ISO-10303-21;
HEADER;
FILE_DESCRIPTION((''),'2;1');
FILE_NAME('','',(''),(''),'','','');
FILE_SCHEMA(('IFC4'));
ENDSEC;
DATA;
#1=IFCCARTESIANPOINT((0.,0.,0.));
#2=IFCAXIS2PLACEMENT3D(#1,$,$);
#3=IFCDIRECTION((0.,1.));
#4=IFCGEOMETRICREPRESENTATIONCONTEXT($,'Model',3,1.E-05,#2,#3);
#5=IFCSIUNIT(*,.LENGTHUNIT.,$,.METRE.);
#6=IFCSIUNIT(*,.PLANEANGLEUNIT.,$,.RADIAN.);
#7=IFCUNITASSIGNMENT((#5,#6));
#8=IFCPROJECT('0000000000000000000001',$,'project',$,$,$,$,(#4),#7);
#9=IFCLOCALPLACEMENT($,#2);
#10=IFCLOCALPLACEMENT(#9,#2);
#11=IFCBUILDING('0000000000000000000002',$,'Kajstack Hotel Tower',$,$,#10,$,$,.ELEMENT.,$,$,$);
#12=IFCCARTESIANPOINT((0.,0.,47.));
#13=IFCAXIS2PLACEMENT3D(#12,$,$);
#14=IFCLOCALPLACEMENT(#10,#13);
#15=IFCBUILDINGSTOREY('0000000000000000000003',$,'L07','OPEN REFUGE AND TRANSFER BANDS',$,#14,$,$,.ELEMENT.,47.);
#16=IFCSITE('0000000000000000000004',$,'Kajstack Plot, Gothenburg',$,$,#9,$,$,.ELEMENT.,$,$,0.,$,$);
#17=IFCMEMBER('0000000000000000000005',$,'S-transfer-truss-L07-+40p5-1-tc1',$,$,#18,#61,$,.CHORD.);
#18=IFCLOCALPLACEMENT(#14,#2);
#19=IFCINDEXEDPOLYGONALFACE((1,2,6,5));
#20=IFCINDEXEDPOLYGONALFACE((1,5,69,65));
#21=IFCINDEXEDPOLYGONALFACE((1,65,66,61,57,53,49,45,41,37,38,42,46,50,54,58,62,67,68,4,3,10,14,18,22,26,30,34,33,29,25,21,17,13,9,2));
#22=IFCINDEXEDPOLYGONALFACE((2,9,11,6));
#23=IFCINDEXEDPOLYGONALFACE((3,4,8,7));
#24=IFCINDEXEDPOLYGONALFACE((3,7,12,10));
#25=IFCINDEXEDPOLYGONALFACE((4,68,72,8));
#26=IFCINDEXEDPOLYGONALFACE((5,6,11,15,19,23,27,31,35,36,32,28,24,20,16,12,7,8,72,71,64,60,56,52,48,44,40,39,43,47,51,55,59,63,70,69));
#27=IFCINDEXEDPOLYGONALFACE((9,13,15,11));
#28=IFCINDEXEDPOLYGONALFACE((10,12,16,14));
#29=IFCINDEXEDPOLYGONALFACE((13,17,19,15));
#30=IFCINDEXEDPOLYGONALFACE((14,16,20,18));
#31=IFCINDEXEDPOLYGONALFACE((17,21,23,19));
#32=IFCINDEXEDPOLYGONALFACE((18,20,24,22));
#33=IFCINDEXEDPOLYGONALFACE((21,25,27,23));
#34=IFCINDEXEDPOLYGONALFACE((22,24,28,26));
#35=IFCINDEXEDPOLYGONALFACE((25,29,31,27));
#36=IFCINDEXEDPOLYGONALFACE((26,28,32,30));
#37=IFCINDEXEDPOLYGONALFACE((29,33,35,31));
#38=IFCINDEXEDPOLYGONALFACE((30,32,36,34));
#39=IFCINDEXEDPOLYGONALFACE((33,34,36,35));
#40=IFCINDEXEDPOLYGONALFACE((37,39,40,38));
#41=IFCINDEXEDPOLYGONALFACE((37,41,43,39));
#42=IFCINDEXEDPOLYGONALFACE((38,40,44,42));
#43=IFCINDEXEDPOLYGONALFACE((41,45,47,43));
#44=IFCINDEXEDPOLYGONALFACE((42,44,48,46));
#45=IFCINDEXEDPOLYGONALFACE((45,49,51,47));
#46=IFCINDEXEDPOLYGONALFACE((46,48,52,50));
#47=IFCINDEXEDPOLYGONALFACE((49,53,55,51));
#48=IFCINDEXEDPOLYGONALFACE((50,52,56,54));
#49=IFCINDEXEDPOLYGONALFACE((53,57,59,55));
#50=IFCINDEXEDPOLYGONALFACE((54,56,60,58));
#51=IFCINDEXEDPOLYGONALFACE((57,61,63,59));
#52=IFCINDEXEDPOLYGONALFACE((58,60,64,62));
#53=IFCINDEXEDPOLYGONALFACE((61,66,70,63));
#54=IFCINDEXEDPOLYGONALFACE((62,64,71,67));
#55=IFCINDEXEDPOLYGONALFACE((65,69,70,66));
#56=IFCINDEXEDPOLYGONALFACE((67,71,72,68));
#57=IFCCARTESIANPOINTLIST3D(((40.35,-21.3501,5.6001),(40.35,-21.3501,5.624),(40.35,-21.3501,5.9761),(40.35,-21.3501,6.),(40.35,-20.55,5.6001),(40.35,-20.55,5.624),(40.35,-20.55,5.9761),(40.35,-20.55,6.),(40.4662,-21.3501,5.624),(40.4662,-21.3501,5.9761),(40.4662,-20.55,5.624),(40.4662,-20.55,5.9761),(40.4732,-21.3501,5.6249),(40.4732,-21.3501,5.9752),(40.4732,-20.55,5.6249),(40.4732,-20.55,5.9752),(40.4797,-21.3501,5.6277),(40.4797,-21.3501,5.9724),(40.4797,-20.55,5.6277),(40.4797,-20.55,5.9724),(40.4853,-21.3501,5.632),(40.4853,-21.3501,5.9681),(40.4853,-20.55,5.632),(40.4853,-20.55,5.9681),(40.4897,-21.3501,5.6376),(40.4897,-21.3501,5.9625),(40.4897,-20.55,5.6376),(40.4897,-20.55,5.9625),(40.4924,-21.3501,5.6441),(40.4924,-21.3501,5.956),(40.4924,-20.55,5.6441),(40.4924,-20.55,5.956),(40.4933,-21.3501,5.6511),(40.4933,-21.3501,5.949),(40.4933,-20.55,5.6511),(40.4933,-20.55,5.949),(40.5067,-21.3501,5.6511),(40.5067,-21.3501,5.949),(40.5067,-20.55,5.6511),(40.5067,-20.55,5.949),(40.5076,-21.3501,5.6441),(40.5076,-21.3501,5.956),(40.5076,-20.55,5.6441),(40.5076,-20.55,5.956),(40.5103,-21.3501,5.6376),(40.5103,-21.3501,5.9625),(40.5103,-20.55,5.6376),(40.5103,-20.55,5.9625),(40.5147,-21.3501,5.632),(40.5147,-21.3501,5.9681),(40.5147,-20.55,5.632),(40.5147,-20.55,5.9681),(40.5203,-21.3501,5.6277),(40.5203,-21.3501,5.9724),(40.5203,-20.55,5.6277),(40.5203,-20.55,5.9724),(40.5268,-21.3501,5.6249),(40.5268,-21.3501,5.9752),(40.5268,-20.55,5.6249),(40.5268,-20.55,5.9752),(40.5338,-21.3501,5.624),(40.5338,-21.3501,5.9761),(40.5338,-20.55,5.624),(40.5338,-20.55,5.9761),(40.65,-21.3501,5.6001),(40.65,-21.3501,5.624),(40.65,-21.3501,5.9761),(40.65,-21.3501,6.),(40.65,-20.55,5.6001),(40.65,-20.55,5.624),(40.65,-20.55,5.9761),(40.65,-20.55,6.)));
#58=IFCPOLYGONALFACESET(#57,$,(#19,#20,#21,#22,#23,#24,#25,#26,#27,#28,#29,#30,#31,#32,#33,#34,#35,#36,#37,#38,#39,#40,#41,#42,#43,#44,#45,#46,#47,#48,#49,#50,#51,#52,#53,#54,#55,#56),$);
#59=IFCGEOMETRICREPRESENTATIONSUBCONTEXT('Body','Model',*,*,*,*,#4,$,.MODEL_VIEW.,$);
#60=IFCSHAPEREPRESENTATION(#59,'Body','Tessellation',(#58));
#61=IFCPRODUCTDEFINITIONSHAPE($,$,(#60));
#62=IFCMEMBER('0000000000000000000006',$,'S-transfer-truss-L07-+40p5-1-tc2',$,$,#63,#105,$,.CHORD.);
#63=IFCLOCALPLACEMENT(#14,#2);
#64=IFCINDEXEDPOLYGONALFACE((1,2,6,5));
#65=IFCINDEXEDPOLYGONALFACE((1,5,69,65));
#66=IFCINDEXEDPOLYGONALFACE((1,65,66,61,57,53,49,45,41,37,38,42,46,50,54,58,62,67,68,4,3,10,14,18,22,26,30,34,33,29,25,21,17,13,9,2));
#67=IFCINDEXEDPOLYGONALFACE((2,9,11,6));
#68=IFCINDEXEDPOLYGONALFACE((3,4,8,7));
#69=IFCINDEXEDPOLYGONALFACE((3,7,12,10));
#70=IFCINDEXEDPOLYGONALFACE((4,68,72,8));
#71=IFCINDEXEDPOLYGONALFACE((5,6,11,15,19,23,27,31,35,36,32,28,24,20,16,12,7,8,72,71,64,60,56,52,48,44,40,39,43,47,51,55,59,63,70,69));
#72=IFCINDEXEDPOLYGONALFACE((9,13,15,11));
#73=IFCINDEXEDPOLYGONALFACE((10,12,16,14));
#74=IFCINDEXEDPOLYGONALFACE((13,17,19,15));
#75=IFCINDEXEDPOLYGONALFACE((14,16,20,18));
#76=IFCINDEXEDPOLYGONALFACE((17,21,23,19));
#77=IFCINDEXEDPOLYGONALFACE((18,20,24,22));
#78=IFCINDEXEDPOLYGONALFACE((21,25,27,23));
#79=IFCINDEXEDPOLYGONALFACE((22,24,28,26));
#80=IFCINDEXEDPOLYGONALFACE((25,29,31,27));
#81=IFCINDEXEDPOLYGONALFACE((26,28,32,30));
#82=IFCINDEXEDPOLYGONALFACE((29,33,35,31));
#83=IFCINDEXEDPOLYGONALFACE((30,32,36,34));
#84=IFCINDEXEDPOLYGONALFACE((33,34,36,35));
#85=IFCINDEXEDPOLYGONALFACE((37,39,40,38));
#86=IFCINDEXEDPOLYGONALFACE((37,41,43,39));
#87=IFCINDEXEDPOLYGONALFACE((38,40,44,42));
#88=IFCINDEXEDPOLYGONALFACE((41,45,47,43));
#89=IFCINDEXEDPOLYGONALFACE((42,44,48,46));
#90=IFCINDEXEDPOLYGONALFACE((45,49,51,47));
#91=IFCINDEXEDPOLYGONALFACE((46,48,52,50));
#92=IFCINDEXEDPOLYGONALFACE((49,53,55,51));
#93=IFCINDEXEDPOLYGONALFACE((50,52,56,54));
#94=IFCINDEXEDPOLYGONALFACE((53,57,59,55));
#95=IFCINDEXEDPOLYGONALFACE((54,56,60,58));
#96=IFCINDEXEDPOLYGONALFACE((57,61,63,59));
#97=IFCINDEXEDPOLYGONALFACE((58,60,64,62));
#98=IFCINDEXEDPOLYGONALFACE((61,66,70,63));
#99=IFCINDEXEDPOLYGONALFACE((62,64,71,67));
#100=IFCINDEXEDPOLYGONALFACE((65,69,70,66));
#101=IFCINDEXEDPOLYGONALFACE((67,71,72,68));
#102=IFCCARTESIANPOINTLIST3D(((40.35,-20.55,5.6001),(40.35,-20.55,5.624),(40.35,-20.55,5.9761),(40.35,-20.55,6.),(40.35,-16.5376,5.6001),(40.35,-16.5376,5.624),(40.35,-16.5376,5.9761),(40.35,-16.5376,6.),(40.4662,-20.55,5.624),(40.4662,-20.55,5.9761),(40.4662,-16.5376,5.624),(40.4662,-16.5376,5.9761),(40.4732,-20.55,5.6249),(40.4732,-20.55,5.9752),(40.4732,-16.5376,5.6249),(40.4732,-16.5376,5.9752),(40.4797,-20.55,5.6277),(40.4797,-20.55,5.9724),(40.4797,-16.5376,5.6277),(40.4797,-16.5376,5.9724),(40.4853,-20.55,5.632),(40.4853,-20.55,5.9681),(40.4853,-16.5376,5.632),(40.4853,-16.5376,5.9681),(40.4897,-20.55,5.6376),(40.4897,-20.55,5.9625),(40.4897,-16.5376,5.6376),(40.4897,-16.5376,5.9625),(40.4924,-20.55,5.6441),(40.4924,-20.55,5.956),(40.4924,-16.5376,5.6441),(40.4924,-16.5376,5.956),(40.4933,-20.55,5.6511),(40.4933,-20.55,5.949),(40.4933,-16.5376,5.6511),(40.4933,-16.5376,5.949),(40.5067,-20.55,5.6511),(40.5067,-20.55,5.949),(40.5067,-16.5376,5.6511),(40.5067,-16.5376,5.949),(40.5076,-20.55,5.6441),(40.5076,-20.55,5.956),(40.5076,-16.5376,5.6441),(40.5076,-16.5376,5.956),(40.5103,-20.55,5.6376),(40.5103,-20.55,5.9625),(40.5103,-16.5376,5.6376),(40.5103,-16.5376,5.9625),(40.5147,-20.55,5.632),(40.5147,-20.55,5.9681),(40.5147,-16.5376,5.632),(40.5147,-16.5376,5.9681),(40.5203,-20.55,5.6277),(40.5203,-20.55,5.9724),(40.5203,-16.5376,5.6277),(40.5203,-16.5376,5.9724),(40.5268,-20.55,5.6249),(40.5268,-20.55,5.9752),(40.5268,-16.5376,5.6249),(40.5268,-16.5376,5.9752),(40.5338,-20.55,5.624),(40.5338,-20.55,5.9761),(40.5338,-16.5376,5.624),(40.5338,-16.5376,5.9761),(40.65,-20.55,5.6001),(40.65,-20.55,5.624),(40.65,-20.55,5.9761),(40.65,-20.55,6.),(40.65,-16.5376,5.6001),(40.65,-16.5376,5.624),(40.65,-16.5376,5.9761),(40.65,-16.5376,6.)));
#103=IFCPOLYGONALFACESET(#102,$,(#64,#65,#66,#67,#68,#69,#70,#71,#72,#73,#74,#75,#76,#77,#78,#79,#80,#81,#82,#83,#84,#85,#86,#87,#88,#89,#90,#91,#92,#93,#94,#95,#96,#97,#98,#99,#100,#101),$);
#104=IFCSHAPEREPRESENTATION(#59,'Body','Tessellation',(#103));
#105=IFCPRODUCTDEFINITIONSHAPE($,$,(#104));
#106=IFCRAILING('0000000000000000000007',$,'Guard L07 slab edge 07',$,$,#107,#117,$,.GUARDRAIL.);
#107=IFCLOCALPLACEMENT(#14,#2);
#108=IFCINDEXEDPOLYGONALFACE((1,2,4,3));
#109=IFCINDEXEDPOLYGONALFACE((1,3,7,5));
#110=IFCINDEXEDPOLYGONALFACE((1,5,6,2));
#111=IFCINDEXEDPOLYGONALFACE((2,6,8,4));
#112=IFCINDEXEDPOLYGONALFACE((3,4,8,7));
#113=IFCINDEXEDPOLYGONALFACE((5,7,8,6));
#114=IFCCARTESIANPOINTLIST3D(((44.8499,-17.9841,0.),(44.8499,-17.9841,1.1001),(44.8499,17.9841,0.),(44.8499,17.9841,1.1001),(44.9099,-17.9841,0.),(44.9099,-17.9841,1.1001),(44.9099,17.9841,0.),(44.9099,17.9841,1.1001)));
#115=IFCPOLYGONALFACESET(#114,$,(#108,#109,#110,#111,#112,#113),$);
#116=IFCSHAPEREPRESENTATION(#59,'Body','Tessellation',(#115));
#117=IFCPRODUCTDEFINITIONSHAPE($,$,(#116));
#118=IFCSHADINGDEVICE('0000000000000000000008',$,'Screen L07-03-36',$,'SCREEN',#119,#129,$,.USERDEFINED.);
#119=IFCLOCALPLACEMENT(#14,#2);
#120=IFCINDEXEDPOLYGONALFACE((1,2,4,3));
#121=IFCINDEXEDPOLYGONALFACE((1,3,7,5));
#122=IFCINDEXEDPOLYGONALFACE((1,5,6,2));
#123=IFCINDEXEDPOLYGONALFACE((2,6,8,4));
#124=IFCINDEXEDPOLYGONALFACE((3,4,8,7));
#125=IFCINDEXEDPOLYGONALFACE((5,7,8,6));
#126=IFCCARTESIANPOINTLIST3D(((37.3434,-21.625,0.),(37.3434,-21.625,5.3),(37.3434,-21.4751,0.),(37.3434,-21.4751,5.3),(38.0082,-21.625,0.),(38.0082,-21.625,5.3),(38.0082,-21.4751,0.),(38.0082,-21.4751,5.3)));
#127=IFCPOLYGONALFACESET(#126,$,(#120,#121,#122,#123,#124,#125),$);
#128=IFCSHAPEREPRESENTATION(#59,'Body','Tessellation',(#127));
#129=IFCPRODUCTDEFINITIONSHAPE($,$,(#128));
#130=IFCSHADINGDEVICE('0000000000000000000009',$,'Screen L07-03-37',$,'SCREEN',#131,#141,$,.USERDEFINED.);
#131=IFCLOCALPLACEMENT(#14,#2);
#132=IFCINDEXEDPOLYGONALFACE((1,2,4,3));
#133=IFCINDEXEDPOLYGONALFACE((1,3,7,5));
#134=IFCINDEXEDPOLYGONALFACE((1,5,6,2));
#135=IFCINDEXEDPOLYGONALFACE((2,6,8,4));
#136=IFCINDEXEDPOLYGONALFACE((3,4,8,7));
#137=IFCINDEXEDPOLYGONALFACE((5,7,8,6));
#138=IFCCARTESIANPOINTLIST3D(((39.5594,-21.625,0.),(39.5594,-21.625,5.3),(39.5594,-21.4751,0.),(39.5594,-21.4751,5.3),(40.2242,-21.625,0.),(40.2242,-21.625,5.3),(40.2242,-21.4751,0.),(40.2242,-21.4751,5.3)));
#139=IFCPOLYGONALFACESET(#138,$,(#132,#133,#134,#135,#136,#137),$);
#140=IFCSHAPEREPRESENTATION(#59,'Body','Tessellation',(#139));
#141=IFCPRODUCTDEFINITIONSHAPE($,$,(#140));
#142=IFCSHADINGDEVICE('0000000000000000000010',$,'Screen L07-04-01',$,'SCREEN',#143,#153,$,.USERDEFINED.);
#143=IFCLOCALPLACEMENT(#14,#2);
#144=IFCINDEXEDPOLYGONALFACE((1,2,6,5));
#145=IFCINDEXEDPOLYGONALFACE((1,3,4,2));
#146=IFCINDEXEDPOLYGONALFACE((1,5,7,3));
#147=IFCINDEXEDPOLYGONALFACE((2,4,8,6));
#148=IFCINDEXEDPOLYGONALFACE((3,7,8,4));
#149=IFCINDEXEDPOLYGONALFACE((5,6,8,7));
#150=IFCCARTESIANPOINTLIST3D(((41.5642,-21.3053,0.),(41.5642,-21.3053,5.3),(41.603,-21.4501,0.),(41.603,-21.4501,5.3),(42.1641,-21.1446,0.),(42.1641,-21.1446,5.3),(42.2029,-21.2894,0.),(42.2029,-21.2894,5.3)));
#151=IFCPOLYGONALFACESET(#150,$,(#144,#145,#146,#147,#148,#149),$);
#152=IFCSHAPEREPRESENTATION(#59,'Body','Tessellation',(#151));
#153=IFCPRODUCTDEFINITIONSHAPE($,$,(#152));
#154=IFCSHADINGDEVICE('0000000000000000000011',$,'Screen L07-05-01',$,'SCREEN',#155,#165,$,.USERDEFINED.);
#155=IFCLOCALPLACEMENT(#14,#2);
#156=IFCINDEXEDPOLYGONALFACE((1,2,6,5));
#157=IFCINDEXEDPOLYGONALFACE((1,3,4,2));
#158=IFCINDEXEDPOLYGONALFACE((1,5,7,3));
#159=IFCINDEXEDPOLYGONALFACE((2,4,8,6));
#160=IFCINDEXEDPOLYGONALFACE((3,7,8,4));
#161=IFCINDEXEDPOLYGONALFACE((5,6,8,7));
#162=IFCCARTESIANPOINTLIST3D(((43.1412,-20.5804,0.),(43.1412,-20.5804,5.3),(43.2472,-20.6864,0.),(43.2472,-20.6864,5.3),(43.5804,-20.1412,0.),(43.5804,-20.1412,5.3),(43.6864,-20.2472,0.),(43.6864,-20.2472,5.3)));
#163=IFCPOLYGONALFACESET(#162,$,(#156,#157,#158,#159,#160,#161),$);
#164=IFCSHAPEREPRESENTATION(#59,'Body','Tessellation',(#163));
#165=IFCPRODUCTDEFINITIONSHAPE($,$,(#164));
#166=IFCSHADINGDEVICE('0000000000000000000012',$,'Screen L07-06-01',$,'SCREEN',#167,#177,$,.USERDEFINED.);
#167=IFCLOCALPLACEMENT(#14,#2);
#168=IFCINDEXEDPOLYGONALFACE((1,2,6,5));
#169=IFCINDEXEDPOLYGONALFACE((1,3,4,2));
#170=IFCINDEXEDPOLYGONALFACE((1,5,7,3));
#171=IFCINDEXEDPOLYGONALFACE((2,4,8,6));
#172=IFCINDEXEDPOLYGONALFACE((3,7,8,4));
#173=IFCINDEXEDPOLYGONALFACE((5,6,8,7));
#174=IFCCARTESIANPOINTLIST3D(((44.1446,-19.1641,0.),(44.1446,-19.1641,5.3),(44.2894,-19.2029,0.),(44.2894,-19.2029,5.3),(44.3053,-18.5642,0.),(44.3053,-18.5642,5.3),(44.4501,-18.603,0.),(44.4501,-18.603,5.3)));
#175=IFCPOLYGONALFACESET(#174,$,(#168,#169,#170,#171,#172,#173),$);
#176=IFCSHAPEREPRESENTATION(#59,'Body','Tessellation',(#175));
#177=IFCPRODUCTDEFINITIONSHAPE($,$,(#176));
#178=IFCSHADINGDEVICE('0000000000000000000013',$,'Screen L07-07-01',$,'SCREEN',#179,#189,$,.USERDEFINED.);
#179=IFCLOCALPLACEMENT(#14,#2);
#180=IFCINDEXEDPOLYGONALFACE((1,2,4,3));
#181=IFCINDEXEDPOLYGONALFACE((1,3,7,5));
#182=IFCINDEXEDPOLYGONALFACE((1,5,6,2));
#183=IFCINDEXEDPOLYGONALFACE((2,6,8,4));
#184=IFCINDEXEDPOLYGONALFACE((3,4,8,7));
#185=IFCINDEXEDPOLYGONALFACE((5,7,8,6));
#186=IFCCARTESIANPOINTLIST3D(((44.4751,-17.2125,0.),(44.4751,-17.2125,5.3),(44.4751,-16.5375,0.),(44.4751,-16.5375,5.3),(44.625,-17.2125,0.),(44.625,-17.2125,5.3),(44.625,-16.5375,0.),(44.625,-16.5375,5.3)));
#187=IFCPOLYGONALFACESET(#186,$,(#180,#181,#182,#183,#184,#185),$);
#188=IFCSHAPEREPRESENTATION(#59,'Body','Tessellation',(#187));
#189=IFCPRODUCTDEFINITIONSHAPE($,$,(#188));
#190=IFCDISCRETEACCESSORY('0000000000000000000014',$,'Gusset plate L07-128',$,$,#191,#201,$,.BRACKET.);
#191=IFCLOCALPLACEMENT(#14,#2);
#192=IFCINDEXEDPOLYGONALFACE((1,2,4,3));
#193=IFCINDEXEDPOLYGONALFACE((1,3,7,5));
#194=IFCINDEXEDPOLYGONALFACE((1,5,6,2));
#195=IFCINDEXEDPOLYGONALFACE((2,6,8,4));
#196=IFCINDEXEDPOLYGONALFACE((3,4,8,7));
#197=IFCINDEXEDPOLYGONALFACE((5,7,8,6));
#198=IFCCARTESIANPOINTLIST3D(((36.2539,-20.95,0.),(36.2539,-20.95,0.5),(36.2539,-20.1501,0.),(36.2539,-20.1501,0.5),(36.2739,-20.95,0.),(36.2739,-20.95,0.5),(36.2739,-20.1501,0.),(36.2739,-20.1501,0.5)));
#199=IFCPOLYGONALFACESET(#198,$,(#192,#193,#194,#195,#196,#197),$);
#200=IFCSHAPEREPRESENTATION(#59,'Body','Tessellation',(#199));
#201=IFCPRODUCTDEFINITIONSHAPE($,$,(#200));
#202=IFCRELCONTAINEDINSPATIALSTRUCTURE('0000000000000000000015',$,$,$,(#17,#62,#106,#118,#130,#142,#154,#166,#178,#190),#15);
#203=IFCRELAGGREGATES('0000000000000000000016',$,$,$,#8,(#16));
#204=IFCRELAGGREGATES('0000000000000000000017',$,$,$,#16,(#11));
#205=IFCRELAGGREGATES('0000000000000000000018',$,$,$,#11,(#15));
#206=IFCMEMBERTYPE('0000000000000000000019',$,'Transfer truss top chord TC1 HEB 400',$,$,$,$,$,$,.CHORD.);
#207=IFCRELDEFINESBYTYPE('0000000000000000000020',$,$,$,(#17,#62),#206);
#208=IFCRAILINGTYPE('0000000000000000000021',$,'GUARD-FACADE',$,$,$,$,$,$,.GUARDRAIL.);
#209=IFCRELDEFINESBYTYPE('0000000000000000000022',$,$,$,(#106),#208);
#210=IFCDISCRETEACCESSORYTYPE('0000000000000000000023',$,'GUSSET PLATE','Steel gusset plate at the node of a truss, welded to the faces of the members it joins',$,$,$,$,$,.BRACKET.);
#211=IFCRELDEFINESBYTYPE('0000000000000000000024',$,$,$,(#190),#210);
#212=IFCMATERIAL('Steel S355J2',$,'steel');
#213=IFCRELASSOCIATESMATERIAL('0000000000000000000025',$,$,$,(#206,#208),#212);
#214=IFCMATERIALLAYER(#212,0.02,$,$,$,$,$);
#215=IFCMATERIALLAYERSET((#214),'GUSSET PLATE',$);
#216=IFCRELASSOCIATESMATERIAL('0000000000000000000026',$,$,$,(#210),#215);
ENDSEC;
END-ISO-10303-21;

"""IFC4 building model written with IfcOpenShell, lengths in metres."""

from ifc_helpers import new_model, si_unit, direction, frame, origin, origin_2d, place, context, subcontext, project, spatial, polyline, rectangle, i_section, outline, extrude, material, layer, layer_set, material_profile, profile_set, type_object, element, save


model = new_model("IFC4")

# Units and contexts
model_context = context("Model", 3, precision=1e-05, world=origin(), true_north=direction((0.0, 1.0)))
body_context = subcontext(model_context, "Body", "Model", "MODEL_VIEW")
ifc_project = project(units=[si_unit("LENGTHUNIT", "METRE"), si_unit("PLANEANGLEUNIT", "RADIAN")], contexts=[model_context])

# Site, building, storey
site_placement = place(None, origin())
site = spatial("IfcSite", under=ifc_project, at=site_placement, Name="Kajstack Plot, Gothenburg", CompositionType="ELEMENT", RefElevation=0.0)
building_placement = place(site_placement, origin())
building = spatial("IfcBuilding", under=site, at=building_placement, Name="Kajstack Hotel Tower", CompositionType="ELEMENT")
storey_placement = place(building_placement, frame((0.0, 0.0, 47.0)))
storey = spatial("IfcBuildingStorey", under=building, at=storey_placement, Name="L07", Description="OPEN REFUGE AND TRANSFER BANDS", CompositionType="ELEMENT", Elevation=47.0)

# Members
ifc_material = material(Name="Steel S355J2", Category="steel")
ifc_material_profile_1 = material_profile(ifc_material, i_section(OverallWidth=0.3, OverallDepth=0.3999, WebThickness=0.0134, FlangeThickness=0.0239, FilletRadius=0.0271, at=origin_2d()), Name="HEB 400")
ifc_profile_set_1 = profile_set([ifc_material_profile_1], Name="Steel S355J2")
member_type_1 = type_object("IfcMemberType", Name="Transfer truss top chord TC1 HEB 400", PredefinedType="CHORD", material=ifc_profile_set_1)
member_1_placement = place(storey_placement, frame((40.5, -21.3501, 5.8), z_axis=(0.0, 1.0, 0.0), x_axis=(-1.0, 0.0, 0.0)))
element("IfcMember", 1, at=member_1_placement, inside=storey, type_object=member_type_1, Name="S-transfer-truss-L07-+40p5-1-tc1", PredefinedType="CHORD", context=body_context, shape_type="SweptSolid", body=[
    extrude(i_section(OverallWidth=0.3, OverallDepth=0.3999, WebThickness=0.0134, FlangeThickness=0.0239, FilletRadius=0.0271, at=origin_2d()), origin(), (0.0, 0.0, 1.0), 0.8),
])
member_2_placement = place(storey_placement, frame((40.5, -20.55, 5.8), z_axis=(0.0, 1.0, 0.0), x_axis=(-1.0, 0.0, 0.0)))
element("IfcMember", 2, at=member_2_placement, inside=storey, type_object=member_type_1, Name="S-transfer-truss-L07-+40p5-1-tc2", PredefinedType="CHORD", context=body_context, shape_type="SweptSolid", body=[
    extrude(i_section(OverallWidth=0.3, OverallDepth=0.3999, WebThickness=0.0134, FlangeThickness=0.0239, FilletRadius=0.0271, at=origin_2d()), origin(), (0.0, 0.0, 1.0), 4.0125),
])

# Railing
railing_type = type_object("IfcRailingType", Name="GUARD-FACADE", PredefinedType="GUARDRAIL", material=ifc_material)
railing_1_placement = place(storey_placement, frame((44.8799, -17.9841, 0.0)))
element("IfcRailing", 3, at=railing_1_placement, inside=storey, type_object=railing_type, Name="Guard L07 slab edge 07", PredefinedType="GUARDRAIL", context=body_context, shape_type="SweptSolid", body=[
    extrude(outline(polyline([(-0.03, 35.9683), (0.03, 35.9683), (0.03, 0.0), (-0.03, 0.0), (-0.03, 35.9683)])), origin(), (0.0, 0.0, 1.0), 1.1001),
])

# Shading devices
for number, where, z_axis, x_axis, name in (
    (4, (37.6758, -21.55, 0.0), (0.0, 0.0, 1.0), (1.0, 0.0, 0.0), "Screen L07-03-36"),
    (5, (39.8918, -21.55, 0.0), (0.0, 0.0, 1.0), (1.0, 0.0, 0.0), "Screen L07-03-37"),
):
    element("IfcShadingDevice", number, at=place(storey_placement, frame(where, z_axis=z_axis, x_axis=x_axis)), inside=storey, Name=name, ObjectType="SCREEN", PredefinedType="USERDEFINED", context=body_context, shape_type="SweptSolid", body=[
        extrude(rectangle(XDim=0.6648, YDim=0.1499, at=origin_2d()), origin(), (0.0, 0.0, 1.0), 5.3),
    ])
for number, where, z_axis, x_axis, name in (
    (6, (41.8835, -21.2974, 0.0), (0.0, 0.0, 1.0), (0.965926, 0.25882, 0.0), "Screen L07-04-01"),
    (7, (43.4138, -20.4138, 0.0), (0.0, 0.0, 1.0), (0.707107, 0.707107, 0.0), "Screen L07-05-01"),
    (8, (44.2974, -18.8835, 0.0), (0.0, 0.0, 1.0), (0.25882, 0.965926, 0.0), "Screen L07-06-01"),
):
    element("IfcShadingDevice", number, at=place(storey_placement, frame(where, z_axis=z_axis, x_axis=x_axis)), inside=storey, Name=name, ObjectType="SCREEN", PredefinedType="USERDEFINED", context=body_context, shape_type="SweptSolid", body=[
        extrude(rectangle(XDim=0.6211, YDim=0.1499, at=origin_2d()), origin(), (0.0, 0.0, 1.0), 5.3),
    ])
shading_device_placement = place(storey_placement, frame((44.55, -16.875, 0.0), z_axis=(0.0, 0.0, 1.0), x_axis=(0.0, 1.0, 0.0)))
element("IfcShadingDevice", 9, at=shading_device_placement, inside=storey, Name="Screen L07-07-01", ObjectType="SCREEN", PredefinedType="USERDEFINED", context=body_context, shape_type="SweptSolid", body=[
    extrude(rectangle(XDim=0.675, YDim=0.1499, at=origin_2d()), origin(), (0.0, 0.0, 1.0), 5.3),
])

# Discrete accessory
ifc_layer = layer(ifc_material, 0.02)
ifc_layer_set = layer_set([ifc_layer], Name="GUSSET PLATE")
discrete_accessory_type = type_object("IfcDiscreteAccessoryType", Name="GUSSET PLATE", Description="Steel gusset plate at the node of a truss, welded to the faces of the members it joins", PredefinedType="BRACKET", material=ifc_layer_set)
discrete_accessory_1_placement = place(storey_placement, frame((36.2539, -20.55, 0.0), z_axis=(1.0, 0.0, 0.0), x_axis=(0.0, 1.0, 0.0)))
element("IfcDiscreteAccessory", 10, at=discrete_accessory_1_placement, inside=storey, type_object=discrete_accessory_type, Name="Gusset plate L07-128", PredefinedType="BRACKET", context=body_context, shape_type="SweptSolid", body=[
    extrude(outline(polyline([(-0.3999, 0.0), (0.3999, 0.0), (0.3999, 0.5), (-0.3999, 0.5), (-0.3999, 0.0)])), origin(), (0.0, 0.0, 1.0), 0.02),
])

save(model, "model.ifc")
